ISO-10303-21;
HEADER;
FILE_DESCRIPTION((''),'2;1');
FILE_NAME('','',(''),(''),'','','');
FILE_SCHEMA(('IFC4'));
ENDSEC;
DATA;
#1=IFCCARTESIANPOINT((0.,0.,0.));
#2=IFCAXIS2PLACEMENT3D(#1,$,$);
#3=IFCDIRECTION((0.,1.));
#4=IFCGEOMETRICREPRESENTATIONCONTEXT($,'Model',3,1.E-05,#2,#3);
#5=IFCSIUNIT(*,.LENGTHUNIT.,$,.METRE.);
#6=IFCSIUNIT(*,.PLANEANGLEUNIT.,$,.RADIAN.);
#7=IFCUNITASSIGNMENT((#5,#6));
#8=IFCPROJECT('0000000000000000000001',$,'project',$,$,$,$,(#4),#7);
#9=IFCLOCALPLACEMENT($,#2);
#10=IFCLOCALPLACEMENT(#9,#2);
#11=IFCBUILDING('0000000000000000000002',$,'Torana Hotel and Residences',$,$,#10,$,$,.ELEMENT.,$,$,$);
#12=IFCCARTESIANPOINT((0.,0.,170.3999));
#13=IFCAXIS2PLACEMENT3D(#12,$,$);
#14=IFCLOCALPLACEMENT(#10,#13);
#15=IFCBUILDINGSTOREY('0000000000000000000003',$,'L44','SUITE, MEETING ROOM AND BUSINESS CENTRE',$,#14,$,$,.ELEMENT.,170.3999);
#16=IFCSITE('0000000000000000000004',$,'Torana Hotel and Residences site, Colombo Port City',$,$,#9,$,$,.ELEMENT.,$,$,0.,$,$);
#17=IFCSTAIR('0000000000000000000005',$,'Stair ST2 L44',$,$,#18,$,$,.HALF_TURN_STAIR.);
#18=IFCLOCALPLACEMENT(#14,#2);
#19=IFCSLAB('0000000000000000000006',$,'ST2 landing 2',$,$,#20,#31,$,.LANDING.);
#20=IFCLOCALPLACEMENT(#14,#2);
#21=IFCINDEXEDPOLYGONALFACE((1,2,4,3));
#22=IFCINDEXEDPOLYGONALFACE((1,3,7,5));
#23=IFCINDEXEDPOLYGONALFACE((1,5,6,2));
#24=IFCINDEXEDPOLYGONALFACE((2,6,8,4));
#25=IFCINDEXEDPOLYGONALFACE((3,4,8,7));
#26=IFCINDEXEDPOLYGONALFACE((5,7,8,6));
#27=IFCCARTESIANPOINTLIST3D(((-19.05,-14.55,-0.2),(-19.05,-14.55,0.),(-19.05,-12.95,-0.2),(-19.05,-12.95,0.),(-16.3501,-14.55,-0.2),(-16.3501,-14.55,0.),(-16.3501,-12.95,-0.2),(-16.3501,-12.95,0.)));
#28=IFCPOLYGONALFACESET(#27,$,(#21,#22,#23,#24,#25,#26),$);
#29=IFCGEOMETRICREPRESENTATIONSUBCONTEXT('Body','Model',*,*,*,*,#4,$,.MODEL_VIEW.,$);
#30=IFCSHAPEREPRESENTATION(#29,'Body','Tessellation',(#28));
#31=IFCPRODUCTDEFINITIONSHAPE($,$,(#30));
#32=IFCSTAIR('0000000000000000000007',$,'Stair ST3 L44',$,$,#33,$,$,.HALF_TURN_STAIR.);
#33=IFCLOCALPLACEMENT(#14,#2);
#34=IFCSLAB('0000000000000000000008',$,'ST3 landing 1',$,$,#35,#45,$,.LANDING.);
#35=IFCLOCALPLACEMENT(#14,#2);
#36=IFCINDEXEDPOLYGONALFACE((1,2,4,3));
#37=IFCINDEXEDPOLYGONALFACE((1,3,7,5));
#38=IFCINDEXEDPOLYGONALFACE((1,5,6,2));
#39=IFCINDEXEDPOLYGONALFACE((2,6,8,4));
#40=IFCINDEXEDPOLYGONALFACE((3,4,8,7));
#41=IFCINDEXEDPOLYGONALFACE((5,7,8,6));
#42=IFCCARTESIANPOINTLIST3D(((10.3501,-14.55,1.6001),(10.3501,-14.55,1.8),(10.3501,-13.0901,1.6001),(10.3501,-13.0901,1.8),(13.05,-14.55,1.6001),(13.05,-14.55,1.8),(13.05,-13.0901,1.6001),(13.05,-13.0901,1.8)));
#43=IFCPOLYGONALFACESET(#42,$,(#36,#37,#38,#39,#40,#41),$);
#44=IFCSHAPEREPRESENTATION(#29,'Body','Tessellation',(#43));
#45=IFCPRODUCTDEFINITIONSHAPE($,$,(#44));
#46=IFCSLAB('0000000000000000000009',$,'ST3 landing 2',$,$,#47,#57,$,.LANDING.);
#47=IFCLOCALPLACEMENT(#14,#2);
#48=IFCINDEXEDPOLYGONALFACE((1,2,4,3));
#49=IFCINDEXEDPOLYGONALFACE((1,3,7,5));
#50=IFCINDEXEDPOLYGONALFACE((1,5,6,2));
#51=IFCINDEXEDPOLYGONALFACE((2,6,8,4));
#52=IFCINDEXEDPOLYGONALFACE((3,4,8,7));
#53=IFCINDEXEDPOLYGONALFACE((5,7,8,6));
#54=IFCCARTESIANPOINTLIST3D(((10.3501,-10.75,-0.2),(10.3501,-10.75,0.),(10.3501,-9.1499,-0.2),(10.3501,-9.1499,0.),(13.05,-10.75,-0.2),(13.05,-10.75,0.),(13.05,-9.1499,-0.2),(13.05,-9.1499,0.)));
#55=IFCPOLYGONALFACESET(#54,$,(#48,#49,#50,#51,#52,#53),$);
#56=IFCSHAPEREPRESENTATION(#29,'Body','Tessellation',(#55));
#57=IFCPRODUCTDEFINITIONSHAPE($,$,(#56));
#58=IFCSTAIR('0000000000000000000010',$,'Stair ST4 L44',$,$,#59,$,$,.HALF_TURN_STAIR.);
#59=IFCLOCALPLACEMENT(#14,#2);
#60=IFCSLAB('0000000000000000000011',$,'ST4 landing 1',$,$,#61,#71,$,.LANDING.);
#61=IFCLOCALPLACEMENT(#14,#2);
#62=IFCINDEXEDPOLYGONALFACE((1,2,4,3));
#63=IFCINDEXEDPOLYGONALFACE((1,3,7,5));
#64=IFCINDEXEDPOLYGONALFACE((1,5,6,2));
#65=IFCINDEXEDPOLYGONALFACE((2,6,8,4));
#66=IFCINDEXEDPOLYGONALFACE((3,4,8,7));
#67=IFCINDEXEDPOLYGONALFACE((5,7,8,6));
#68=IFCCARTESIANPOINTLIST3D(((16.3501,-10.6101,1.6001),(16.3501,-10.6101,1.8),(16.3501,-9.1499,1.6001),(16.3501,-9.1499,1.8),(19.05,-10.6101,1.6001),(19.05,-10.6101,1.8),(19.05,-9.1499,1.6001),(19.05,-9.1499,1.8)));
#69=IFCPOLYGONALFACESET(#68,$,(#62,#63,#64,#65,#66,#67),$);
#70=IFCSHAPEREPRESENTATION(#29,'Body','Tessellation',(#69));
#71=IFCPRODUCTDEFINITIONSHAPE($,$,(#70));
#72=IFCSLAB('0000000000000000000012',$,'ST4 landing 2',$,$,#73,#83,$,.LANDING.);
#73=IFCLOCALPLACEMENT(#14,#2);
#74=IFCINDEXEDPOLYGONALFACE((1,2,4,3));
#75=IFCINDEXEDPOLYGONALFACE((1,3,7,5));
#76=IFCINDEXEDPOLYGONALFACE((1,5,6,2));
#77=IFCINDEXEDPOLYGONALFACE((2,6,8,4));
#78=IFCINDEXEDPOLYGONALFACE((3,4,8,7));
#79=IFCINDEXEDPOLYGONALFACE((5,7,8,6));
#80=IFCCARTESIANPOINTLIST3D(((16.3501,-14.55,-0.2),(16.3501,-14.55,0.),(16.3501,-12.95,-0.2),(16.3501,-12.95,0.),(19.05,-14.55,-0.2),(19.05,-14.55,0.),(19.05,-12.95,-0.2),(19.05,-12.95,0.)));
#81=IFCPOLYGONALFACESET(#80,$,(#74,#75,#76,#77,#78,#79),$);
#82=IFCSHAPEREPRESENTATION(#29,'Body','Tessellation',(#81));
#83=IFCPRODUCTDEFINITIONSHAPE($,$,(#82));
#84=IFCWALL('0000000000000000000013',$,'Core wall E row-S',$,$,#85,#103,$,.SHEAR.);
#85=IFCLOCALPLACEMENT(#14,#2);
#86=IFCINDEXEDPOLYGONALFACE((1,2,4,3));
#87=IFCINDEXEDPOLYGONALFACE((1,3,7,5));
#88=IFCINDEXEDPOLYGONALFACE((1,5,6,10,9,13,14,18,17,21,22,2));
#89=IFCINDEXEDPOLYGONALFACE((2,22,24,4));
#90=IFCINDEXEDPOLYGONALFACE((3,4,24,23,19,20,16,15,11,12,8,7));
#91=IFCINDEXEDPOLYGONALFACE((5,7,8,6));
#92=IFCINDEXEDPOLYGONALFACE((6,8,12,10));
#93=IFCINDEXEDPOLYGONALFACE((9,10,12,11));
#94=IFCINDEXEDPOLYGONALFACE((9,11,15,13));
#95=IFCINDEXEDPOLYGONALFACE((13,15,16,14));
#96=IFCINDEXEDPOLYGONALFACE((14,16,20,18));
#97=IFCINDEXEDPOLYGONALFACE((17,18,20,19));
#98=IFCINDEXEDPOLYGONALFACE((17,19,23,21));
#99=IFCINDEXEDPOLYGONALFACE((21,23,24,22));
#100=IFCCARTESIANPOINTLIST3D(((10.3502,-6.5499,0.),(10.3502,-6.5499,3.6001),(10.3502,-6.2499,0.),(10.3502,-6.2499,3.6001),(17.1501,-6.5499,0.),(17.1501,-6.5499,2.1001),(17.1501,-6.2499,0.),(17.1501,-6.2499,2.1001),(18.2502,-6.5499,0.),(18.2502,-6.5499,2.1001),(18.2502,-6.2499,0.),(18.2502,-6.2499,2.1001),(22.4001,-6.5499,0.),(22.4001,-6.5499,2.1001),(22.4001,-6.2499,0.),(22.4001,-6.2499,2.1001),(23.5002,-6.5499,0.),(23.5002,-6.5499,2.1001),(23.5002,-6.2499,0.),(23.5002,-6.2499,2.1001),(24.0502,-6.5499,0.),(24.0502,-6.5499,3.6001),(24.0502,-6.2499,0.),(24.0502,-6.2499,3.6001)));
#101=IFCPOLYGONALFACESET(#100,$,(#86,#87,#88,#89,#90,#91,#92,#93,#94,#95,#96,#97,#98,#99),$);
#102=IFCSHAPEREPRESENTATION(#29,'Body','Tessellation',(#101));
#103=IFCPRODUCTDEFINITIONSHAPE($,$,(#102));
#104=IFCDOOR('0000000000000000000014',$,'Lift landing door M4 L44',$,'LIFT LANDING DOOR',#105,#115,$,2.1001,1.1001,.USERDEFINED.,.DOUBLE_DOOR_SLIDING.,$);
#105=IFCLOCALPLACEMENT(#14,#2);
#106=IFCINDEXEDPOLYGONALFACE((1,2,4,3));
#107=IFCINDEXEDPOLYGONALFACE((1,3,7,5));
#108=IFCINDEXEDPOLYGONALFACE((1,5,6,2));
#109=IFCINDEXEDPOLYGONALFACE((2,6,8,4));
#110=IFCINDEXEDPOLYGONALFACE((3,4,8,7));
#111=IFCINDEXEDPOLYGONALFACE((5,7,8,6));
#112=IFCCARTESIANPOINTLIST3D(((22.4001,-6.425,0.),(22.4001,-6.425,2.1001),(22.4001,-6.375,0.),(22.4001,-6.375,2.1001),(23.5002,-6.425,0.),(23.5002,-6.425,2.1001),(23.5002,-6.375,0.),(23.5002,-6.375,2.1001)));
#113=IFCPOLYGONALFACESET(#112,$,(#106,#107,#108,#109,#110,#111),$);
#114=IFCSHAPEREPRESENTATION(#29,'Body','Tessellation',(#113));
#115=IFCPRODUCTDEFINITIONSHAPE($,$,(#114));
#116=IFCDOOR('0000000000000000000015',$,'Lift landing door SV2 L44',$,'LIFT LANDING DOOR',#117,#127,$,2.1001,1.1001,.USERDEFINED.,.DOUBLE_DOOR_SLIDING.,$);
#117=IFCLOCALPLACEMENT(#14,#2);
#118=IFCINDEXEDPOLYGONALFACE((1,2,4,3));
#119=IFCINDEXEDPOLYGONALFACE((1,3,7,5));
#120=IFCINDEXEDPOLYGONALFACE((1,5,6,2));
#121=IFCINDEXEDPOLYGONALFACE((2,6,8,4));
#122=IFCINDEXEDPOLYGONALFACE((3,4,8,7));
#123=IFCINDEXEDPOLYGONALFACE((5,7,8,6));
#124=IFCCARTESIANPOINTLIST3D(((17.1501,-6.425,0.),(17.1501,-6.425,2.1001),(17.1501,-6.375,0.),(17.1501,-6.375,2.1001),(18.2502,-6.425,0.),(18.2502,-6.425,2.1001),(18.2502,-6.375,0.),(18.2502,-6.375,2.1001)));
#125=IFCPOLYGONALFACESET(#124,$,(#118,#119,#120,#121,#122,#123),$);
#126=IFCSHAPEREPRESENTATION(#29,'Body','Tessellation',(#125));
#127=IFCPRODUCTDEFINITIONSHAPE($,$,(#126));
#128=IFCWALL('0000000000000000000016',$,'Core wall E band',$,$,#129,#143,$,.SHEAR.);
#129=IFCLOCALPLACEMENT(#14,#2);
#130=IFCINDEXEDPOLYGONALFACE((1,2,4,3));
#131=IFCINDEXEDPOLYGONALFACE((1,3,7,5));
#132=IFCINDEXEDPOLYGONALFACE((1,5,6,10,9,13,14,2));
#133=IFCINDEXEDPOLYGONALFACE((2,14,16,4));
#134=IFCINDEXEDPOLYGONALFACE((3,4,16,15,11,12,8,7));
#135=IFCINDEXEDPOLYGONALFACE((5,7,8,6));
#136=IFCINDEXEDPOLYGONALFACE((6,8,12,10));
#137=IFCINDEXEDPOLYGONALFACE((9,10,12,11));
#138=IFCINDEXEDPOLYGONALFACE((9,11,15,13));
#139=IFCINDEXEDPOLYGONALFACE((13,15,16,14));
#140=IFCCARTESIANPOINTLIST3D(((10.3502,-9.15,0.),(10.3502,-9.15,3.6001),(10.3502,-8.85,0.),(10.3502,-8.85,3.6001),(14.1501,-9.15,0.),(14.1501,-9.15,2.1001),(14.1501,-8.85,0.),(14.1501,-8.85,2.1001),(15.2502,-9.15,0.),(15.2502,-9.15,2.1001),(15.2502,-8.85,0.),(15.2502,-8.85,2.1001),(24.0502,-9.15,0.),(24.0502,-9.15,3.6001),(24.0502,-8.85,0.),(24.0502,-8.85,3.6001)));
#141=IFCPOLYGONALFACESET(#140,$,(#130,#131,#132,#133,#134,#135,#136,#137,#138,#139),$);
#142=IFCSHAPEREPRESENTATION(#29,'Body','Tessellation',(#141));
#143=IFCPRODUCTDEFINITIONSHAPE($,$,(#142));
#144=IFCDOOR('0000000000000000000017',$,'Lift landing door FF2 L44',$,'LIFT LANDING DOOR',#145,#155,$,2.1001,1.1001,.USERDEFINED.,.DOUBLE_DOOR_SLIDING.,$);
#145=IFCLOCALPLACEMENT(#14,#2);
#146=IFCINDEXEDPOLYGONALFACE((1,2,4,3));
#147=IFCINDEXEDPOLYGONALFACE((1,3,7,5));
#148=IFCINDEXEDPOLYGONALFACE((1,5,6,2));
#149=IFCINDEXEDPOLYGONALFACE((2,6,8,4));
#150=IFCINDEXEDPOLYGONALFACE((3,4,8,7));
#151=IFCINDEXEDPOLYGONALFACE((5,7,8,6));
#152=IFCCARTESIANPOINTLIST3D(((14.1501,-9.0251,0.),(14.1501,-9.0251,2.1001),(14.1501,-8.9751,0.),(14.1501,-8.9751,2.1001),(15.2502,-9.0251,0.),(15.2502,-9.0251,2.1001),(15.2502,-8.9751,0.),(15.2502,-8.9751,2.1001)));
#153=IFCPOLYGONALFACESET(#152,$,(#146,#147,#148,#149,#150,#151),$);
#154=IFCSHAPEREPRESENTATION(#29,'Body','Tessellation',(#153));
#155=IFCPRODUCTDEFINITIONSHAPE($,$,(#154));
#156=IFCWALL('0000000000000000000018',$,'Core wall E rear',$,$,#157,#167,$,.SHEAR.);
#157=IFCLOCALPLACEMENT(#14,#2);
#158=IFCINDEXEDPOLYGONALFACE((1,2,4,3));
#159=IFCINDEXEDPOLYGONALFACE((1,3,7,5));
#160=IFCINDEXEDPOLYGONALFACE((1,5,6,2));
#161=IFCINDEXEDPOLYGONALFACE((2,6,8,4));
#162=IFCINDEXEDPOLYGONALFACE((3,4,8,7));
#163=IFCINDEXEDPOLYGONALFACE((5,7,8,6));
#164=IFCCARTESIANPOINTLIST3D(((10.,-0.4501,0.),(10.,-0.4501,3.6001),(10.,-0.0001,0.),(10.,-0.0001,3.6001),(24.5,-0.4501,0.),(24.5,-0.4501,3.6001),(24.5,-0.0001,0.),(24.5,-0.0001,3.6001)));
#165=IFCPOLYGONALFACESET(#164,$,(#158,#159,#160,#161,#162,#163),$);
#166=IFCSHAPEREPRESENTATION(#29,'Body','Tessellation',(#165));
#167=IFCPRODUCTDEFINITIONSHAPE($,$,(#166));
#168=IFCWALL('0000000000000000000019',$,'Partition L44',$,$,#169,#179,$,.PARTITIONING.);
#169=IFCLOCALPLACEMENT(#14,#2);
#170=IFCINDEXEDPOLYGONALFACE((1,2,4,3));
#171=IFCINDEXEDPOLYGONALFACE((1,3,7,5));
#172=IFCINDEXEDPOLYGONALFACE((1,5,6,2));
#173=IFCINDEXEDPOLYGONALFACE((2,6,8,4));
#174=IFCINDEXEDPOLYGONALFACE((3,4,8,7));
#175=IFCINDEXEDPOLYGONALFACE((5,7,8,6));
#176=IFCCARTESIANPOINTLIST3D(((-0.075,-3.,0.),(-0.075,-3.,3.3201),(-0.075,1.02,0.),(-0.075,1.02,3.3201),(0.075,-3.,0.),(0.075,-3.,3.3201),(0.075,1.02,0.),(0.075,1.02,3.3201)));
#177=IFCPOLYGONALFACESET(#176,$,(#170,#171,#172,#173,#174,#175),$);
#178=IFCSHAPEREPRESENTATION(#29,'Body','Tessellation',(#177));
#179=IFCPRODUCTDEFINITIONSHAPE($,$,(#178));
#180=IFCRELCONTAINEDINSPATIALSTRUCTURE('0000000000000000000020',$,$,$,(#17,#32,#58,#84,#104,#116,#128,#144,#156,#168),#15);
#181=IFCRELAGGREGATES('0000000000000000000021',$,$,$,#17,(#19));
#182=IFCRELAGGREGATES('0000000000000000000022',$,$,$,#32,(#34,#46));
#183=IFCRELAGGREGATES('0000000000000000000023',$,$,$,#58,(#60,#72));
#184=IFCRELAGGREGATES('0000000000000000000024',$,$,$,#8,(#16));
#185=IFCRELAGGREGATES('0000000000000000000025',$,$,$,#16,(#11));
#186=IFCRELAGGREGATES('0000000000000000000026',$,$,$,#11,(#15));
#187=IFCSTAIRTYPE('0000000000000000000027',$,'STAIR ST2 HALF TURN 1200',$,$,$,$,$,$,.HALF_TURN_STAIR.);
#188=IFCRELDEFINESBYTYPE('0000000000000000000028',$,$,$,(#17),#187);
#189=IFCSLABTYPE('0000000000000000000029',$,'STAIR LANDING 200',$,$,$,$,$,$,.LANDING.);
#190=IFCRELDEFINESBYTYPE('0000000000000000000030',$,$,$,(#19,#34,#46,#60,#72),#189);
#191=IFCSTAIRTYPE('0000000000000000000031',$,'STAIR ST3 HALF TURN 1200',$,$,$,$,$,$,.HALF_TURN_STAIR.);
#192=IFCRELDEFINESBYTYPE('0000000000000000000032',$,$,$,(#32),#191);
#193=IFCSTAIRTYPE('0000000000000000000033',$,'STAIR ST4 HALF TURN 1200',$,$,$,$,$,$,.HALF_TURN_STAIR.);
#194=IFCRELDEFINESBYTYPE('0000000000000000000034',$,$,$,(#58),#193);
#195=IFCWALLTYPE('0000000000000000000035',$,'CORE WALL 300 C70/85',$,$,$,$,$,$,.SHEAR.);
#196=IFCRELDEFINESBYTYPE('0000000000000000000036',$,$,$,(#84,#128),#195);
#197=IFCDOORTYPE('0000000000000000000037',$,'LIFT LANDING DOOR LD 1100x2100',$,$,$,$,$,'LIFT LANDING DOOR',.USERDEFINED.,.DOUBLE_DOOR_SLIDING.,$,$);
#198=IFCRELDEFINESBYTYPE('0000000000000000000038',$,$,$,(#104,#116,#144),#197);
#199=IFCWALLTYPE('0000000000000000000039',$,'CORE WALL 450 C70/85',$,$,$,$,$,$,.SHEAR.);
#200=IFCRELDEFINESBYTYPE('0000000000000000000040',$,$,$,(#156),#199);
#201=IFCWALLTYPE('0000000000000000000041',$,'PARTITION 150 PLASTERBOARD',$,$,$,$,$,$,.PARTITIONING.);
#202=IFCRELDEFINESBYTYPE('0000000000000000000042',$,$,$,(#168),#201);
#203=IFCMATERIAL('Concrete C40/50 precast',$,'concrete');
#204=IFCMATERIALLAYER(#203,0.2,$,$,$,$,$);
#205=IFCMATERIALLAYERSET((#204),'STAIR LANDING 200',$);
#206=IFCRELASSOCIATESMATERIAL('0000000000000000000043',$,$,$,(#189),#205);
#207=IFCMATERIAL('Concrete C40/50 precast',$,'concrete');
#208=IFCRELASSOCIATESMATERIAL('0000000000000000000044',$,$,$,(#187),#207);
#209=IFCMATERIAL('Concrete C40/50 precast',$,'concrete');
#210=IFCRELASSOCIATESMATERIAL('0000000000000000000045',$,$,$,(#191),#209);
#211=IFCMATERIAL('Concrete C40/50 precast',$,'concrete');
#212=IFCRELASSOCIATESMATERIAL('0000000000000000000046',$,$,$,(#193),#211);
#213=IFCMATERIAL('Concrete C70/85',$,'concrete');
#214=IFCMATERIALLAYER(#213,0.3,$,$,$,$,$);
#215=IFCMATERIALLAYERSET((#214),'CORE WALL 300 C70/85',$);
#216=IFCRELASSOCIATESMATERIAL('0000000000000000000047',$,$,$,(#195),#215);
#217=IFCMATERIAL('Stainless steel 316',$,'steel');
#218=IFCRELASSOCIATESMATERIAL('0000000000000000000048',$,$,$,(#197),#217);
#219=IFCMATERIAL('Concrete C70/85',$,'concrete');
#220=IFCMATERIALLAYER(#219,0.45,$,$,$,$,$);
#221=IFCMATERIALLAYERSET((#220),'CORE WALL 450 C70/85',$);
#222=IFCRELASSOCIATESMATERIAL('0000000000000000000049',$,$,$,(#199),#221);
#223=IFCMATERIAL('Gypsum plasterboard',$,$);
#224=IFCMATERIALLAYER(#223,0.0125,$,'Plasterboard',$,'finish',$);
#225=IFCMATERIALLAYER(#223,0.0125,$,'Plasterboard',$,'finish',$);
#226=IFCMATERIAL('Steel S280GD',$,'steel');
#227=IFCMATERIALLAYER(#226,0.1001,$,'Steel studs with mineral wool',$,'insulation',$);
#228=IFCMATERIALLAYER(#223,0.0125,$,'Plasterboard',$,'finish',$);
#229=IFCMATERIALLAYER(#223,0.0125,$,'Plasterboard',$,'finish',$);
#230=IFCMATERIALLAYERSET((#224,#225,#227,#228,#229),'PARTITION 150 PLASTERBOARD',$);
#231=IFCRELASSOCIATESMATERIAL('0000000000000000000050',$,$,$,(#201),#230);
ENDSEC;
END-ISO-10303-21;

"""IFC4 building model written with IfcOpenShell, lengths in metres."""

from ifc_helpers import new_model, si_unit, direction, frame, frame_2d, origin, place, context, subcontext, project, spatial, polyline, rectangle, outline, extrude, material, layer, layer_set, type_object, element, fill, aggregate, save


model = new_model("IFC4")

# Units and contexts
model_context = context("Model", 3, precision=1e-05, world=origin(), true_north=direction((0.0, 1.0)))
body_context = subcontext(model_context, "Body", "Model", "MODEL_VIEW")
ifc_project = project(units=[si_unit("LENGTHUNIT", "METRE"), si_unit("PLANEANGLEUNIT", "RADIAN")], contexts=[model_context])

# Site, building, storey
site_placement = place(None, origin())
site = spatial("IfcSite", under=ifc_project, at=site_placement, Name="Torana Hotel and Residences site, Colombo Port City", CompositionType="ELEMENT", RefElevation=0.0)
building_placement = place(site_placement, origin())
building = spatial("IfcBuilding", under=site, at=building_placement, Name="Torana Hotel and Residences", CompositionType="ELEMENT")
storey_placement = place(building_placement, frame((0.0, 0.0, 170.3999)))
storey = spatial("IfcBuildingStorey", under=building, at=storey_placement, Name="L44", Description="SUITE, MEETING ROOM AND BUSINESS CENTRE", CompositionType="ELEMENT", Elevation=170.3999)

# Stairs, slabs
ifc_material_1 = material(Name="Concrete C40/50 precast", Category="concrete")
ifc_layer_1 = layer(ifc_material_1, 0.2)
ifc_layer_set_1 = layer_set([ifc_layer_1], Name="STAIR LANDING 200")
slab_type_1 = type_object("IfcSlabType", Name="STAIR LANDING 200", PredefinedType="LANDING", material=ifc_layer_set_1)
ifc_material_2 = material(Name="Concrete C40/50 precast", Category="concrete")
stair_type_1 = type_object("IfcStairType", Name="STAIR ST2 HALF TURN 1200", PredefinedType="HALF_TURN_STAIR", material=ifc_material_2)
stair_1_placement = place(storey_placement, origin())
stair_1 = element("IfcStair", 1, at=stair_1_placement, inside=storey, type_object=stair_type_1, Name="Stair ST2 L44", PredefinedType="HALF_TURN_STAIR")
slab_1_placement = place(storey_placement, frame((0.0, 0.0, -0.2)))
slab_1 = element("IfcSlab", 2, at=slab_1_placement, type_object=slab_type_1, Name="ST2 landing 2", PredefinedType="LANDING", context=body_context, shape_type="SweptSolid", body=[
    extrude(outline(polyline([(-19.05, -14.55), (-16.3501, -14.55), (-16.3501, -12.95), (-19.05, -12.95), (-19.05, -14.55)])), origin(), (0.0, 0.0, 1.0), 0.2),
])
aggregate(stair_1, [slab_1])
ifc_material_3 = material(Name="Concrete C40/50 precast", Category="concrete")
stair_type_2 = type_object("IfcStairType", Name="STAIR ST3 HALF TURN 1200", PredefinedType="HALF_TURN_STAIR", material=ifc_material_3)
stair_2_placement = place(storey_placement, origin())
stair_2 = element("IfcStair", 3, at=stair_2_placement, inside=storey, type_object=stair_type_2, Name="Stair ST3 L44", PredefinedType="HALF_TURN_STAIR")
slab_2_placement = place(storey_placement, frame((0.0, 0.0, 1.6001)))
slab_2 = element("IfcSlab", 4, at=slab_2_placement, type_object=slab_type_1, Name="ST3 landing 1", PredefinedType="LANDING", context=body_context, shape_type="SweptSolid", body=[
    extrude(outline(polyline([(10.3501, -14.55), (13.05, -14.55), (13.05, -13.0901), (10.3501, -13.0901), (10.3501, -14.55)])), origin(), (0.0, 0.0, 1.0), 0.2),
])
slab_3_placement = place(storey_placement, frame((0.0, 0.0, -0.2)))
slab_3 = element("IfcSlab", 5, at=slab_3_placement, type_object=slab_type_1, Name="ST3 landing 2", PredefinedType="LANDING", context=body_context, shape_type="SweptSolid", body=[
    extrude(outline(polyline([(10.3501, -10.75), (13.05, -10.75), (13.05, -9.1499), (10.3501, -9.1499), (10.3501, -10.75)])), origin(), (0.0, 0.0, 1.0), 0.2),
])
aggregate(stair_2, [slab_2, slab_3])
ifc_material_4 = material(Name="Concrete C40/50 precast", Category="concrete")
stair_type_3 = type_object("IfcStairType", Name="STAIR ST4 HALF TURN 1200", PredefinedType="HALF_TURN_STAIR", material=ifc_material_4)
stair_3_placement = place(storey_placement, origin())
stair_3 = element("IfcStair", 6, at=stair_3_placement, inside=storey, type_object=stair_type_3, Name="Stair ST4 L44", PredefinedType="HALF_TURN_STAIR")
slab_4_placement = place(storey_placement, frame((0.0, 0.0, 1.6001)))
slab_4 = element("IfcSlab", 7, at=slab_4_placement, type_object=slab_type_1, Name="ST4 landing 1", PredefinedType="LANDING", context=body_context, shape_type="SweptSolid", body=[
    extrude(outline(polyline([(16.3501, -10.6101), (19.05, -10.6101), (19.05, -9.1499), (16.3501, -9.1499), (16.3501, -10.6101)])), origin(), (0.0, 0.0, 1.0), 0.2),
])
slab_5_placement = place(storey_placement, frame((0.0, 0.0, -0.2)))
slab_5 = element("IfcSlab", 8, at=slab_5_placement, type_object=slab_type_1, Name="ST4 landing 2", PredefinedType="LANDING", context=body_context, shape_type="SweptSolid", body=[
    extrude(outline(polyline([(16.3501, -14.55), (19.05, -14.55), (19.05, -12.95), (16.3501, -12.95), (16.3501, -14.55)])), origin(), (0.0, 0.0, 1.0), 0.2),
])
aggregate(stair_3, [slab_4, slab_5])

# Wall, openings, doors
ifc_material_5 = material(Name="Concrete C70/85", Category="concrete")
ifc_layer_2 = layer(ifc_material_5, 0.3)
ifc_layer_set_2 = layer_set([ifc_layer_2], Name="CORE WALL 300 C70/85")
wall_type_1 = type_object("IfcWallType", Name="CORE WALL 300 C70/85", PredefinedType="SHEAR", material=ifc_layer_set_2)
wall_1_placement = place(storey_placement, frame((10.3501, -6.3999, 0.0), z_axis=(0.0, 0.0, 1.0), x_axis=(1.0, 0.0, 0.0)))
wall_1 = element("IfcWall", 9, at=wall_1_placement, inside=storey, type_object=wall_type_1, Name="Core wall E row-S", PredefinedType="SHEAR", context=body_context, shape_type="SweptSolid", body=[
    extrude(rectangle(XDim=13.7, YDim=0.3, at=frame_2d((6.8501, 0.0))), origin(), (0.0, 0.0, 1.0), 3.6001),
])
opening_1_placement = place(wall_1_placement, frame((12.05, 0.0, 0.0)))
opening_1 = element("IfcOpeningElement", 10, at=opening_1_placement, cuts=wall_1, PredefinedType="OPENING", context=body_context, shape_type="SweptSolid", body=[
    extrude(rectangle(XDim=1.1001, YDim=2.1001, at=frame_2d((0.55, 1.05))), frame((0.0, 0.1599, 0.0), z_axis=(0.0, -1.0, 0.0), x_axis=(1.0, 0.0, 0.0)), (0.0, 0.0, 1.0), 0.3201),
])
opening_2_placement = place(wall_1_placement, frame((6.8, 0.0, 0.0)))
opening_2 = element("IfcOpeningElement", 11, at=opening_2_placement, cuts=wall_1, PredefinedType="OPENING", context=body_context, shape_type="SweptSolid", body=[
    extrude(rectangle(XDim=1.1001, YDim=2.1001, at=frame_2d((0.55, 1.05))), frame((0.0, 0.1599, 0.0), z_axis=(0.0, -1.0, 0.0), x_axis=(1.0, 0.0, 0.0)), (0.0, 0.0, 1.0), 0.3201),
])
ifc_material_6 = material(Name="Stainless steel 316", Category="steel")
door_type = type_object("IfcDoorType", Name="LIFT LANDING DOOR LD 1100x2100", ElementType="LIFT LANDING DOOR", OperationType="DOUBLE_DOOR_SLIDING", PredefinedType="USERDEFINED", material=ifc_material_6)
door_1_placement = place(opening_1_placement, origin())
door_1 = element("IfcDoor", 12, at=door_1_placement, inside=storey, type_object=door_type, Name="Lift landing door M4 L44", ObjectType="LIFT LANDING DOOR", OperationType="DOUBLE_DOOR_SLIDING", OverallHeight=2.1001, OverallWidth=1.1001, PredefinedType="USERDEFINED", context=body_context, shape_type="SweptSolid", body=[
    extrude(rectangle(XDim=1.1001, YDim=2.1001, at=frame_2d((0.55, 1.05))), frame((0.0, 0.0249, 0.0), z_axis=(0.0, -1.0, 0.0), x_axis=(1.0, 0.0, 0.0)), (0.0, 0.0, 1.0), 0.05),
])
fill(opening_1, door_1)
door_2_placement = place(opening_2_placement, origin())
door_2 = element("IfcDoor", 13, at=door_2_placement, inside=storey, type_object=door_type, Name="Lift landing door SV2 L44", ObjectType="LIFT LANDING DOOR", OperationType="DOUBLE_DOOR_SLIDING", OverallHeight=2.1001, OverallWidth=1.1001, PredefinedType="USERDEFINED", context=body_context, shape_type="SweptSolid", body=[
    extrude(rectangle(XDim=1.1001, YDim=2.1001, at=frame_2d((0.55, 1.05))), frame((0.0, 0.0249, 0.0), z_axis=(0.0, -1.0, 0.0), x_axis=(1.0, 0.0, 0.0)), (0.0, 0.0, 1.0), 0.05),
])
fill(opening_2, door_2)

# Wall, opening, door
wall_2_placement = place(storey_placement, frame((10.3501, -9.0, 0.0), z_axis=(0.0, 0.0, 1.0), x_axis=(1.0, 0.0, 0.0)))
wall_2 = element("IfcWall", 14, at=wall_2_placement, inside=storey, type_object=wall_type_1, Name="Core wall E band", PredefinedType="SHEAR", context=body_context, shape_type="SweptSolid", body=[
    extrude(rectangle(XDim=13.7, YDim=0.3, at=frame_2d((6.8501, 0.0))), origin(), (0.0, 0.0, 1.0), 3.6001),
])
opening_3_placement = place(wall_2_placement, frame((3.8, 0.0, 0.0)))
opening_3 = element("IfcOpeningElement", 15, at=opening_3_placement, cuts=wall_2, PredefinedType="OPENING", context=body_context, shape_type="SweptSolid", body=[
    extrude(rectangle(XDim=1.1001, YDim=2.1001, at=frame_2d((0.55, 1.05))), frame((0.0, 0.1599, 0.0), z_axis=(0.0, -1.0, 0.0), x_axis=(1.0, 0.0, 0.0)), (0.0, 0.0, 1.0), 0.3201),
])
door_3_placement = place(opening_3_placement, origin())
door_3 = element("IfcDoor", 16, at=door_3_placement, inside=storey, type_object=door_type, Name="Lift landing door FF2 L44", ObjectType="LIFT LANDING DOOR", OperationType="DOUBLE_DOOR_SLIDING", OverallHeight=2.1001, OverallWidth=1.1001, PredefinedType="USERDEFINED", context=body_context, shape_type="SweptSolid", body=[
    extrude(rectangle(XDim=1.1001, YDim=2.1001, at=frame_2d((0.55, 1.05))), frame((0.0, 0.0249, 0.0), z_axis=(0.0, -1.0, 0.0), x_axis=(1.0, 0.0, 0.0)), (0.0, 0.0, 1.0), 0.05),
])
fill(opening_3, door_3)

# Walls
ifc_material_7 = material(Name="Concrete C70/85", Category="concrete")
ifc_layer_3 = layer(ifc_material_7, 0.45)
ifc_layer_set_3 = layer_set([ifc_layer_3], Name="CORE WALL 450 C70/85")
wall_type_2 = type_object("IfcWallType", Name="CORE WALL 450 C70/85", PredefinedType="SHEAR", material=ifc_layer_set_3)
wall_3_placement = place(storey_placement, frame((10.0, -0.2251, 0.0), z_axis=(0.0, 0.0, 1.0), x_axis=(1.0, 0.0, 0.0)))
element("IfcWall", 17, at=wall_3_placement, inside=storey, type_object=wall_type_2, Name="Core wall E rear", PredefinedType="SHEAR", context=body_context, shape_type="SweptSolid", body=[
    extrude(rectangle(XDim=14.5, YDim=0.45, at=frame_2d((7.25, 0.0))), origin(), (0.0, 0.0, 1.0), 3.6001),
])
ifc_material_8 = material(Name="Gypsum plasterboard")
ifc_layer_4 = layer(ifc_material_8, 0.0125, Name="Plasterboard", Category="finish")
ifc_layer_5 = layer(ifc_material_8, 0.0125, Name="Plasterboard", Category="finish")
ifc_material_9 = material(Name="Steel S280GD", Category="steel")
ifc_layer_6 = layer(ifc_material_9, 0.1001, Name="Steel studs with mineral wool", Category="insulation")
ifc_layer_7 = layer(ifc_material_8, 0.0125, Name="Plasterboard", Category="finish")
ifc_layer_8 = layer(ifc_material_8, 0.0125, Name="Plasterboard", Category="finish")
ifc_layer_set_4 = layer_set([ifc_layer_4, ifc_layer_5, ifc_layer_6, ifc_layer_7, ifc_layer_8], Name="PARTITION 150 PLASTERBOARD")
wall_type_3 = type_object("IfcWallType", Name="PARTITION 150 PLASTERBOARD", PredefinedType="PARTITIONING", material=ifc_layer_set_4)
wall_4_placement = place(storey_placement, frame((0.0, -3.0, 0.0), z_axis=(0.0, 0.0, 1.0), x_axis=(0.0, 1.0, 0.0)))
element("IfcWall", 18, at=wall_4_placement, inside=storey, type_object=wall_type_3, Name="Partition L44", PredefinedType="PARTITIONING", context=body_context, shape_type="SweptSolid", body=[
    extrude(rectangle(XDim=4.02, YDim=0.1499, at=frame_2d((2.01, 0.0))), origin(), (0.0, 0.0, 1.0), 3.3201),
])

save(model, "model.ifc")
